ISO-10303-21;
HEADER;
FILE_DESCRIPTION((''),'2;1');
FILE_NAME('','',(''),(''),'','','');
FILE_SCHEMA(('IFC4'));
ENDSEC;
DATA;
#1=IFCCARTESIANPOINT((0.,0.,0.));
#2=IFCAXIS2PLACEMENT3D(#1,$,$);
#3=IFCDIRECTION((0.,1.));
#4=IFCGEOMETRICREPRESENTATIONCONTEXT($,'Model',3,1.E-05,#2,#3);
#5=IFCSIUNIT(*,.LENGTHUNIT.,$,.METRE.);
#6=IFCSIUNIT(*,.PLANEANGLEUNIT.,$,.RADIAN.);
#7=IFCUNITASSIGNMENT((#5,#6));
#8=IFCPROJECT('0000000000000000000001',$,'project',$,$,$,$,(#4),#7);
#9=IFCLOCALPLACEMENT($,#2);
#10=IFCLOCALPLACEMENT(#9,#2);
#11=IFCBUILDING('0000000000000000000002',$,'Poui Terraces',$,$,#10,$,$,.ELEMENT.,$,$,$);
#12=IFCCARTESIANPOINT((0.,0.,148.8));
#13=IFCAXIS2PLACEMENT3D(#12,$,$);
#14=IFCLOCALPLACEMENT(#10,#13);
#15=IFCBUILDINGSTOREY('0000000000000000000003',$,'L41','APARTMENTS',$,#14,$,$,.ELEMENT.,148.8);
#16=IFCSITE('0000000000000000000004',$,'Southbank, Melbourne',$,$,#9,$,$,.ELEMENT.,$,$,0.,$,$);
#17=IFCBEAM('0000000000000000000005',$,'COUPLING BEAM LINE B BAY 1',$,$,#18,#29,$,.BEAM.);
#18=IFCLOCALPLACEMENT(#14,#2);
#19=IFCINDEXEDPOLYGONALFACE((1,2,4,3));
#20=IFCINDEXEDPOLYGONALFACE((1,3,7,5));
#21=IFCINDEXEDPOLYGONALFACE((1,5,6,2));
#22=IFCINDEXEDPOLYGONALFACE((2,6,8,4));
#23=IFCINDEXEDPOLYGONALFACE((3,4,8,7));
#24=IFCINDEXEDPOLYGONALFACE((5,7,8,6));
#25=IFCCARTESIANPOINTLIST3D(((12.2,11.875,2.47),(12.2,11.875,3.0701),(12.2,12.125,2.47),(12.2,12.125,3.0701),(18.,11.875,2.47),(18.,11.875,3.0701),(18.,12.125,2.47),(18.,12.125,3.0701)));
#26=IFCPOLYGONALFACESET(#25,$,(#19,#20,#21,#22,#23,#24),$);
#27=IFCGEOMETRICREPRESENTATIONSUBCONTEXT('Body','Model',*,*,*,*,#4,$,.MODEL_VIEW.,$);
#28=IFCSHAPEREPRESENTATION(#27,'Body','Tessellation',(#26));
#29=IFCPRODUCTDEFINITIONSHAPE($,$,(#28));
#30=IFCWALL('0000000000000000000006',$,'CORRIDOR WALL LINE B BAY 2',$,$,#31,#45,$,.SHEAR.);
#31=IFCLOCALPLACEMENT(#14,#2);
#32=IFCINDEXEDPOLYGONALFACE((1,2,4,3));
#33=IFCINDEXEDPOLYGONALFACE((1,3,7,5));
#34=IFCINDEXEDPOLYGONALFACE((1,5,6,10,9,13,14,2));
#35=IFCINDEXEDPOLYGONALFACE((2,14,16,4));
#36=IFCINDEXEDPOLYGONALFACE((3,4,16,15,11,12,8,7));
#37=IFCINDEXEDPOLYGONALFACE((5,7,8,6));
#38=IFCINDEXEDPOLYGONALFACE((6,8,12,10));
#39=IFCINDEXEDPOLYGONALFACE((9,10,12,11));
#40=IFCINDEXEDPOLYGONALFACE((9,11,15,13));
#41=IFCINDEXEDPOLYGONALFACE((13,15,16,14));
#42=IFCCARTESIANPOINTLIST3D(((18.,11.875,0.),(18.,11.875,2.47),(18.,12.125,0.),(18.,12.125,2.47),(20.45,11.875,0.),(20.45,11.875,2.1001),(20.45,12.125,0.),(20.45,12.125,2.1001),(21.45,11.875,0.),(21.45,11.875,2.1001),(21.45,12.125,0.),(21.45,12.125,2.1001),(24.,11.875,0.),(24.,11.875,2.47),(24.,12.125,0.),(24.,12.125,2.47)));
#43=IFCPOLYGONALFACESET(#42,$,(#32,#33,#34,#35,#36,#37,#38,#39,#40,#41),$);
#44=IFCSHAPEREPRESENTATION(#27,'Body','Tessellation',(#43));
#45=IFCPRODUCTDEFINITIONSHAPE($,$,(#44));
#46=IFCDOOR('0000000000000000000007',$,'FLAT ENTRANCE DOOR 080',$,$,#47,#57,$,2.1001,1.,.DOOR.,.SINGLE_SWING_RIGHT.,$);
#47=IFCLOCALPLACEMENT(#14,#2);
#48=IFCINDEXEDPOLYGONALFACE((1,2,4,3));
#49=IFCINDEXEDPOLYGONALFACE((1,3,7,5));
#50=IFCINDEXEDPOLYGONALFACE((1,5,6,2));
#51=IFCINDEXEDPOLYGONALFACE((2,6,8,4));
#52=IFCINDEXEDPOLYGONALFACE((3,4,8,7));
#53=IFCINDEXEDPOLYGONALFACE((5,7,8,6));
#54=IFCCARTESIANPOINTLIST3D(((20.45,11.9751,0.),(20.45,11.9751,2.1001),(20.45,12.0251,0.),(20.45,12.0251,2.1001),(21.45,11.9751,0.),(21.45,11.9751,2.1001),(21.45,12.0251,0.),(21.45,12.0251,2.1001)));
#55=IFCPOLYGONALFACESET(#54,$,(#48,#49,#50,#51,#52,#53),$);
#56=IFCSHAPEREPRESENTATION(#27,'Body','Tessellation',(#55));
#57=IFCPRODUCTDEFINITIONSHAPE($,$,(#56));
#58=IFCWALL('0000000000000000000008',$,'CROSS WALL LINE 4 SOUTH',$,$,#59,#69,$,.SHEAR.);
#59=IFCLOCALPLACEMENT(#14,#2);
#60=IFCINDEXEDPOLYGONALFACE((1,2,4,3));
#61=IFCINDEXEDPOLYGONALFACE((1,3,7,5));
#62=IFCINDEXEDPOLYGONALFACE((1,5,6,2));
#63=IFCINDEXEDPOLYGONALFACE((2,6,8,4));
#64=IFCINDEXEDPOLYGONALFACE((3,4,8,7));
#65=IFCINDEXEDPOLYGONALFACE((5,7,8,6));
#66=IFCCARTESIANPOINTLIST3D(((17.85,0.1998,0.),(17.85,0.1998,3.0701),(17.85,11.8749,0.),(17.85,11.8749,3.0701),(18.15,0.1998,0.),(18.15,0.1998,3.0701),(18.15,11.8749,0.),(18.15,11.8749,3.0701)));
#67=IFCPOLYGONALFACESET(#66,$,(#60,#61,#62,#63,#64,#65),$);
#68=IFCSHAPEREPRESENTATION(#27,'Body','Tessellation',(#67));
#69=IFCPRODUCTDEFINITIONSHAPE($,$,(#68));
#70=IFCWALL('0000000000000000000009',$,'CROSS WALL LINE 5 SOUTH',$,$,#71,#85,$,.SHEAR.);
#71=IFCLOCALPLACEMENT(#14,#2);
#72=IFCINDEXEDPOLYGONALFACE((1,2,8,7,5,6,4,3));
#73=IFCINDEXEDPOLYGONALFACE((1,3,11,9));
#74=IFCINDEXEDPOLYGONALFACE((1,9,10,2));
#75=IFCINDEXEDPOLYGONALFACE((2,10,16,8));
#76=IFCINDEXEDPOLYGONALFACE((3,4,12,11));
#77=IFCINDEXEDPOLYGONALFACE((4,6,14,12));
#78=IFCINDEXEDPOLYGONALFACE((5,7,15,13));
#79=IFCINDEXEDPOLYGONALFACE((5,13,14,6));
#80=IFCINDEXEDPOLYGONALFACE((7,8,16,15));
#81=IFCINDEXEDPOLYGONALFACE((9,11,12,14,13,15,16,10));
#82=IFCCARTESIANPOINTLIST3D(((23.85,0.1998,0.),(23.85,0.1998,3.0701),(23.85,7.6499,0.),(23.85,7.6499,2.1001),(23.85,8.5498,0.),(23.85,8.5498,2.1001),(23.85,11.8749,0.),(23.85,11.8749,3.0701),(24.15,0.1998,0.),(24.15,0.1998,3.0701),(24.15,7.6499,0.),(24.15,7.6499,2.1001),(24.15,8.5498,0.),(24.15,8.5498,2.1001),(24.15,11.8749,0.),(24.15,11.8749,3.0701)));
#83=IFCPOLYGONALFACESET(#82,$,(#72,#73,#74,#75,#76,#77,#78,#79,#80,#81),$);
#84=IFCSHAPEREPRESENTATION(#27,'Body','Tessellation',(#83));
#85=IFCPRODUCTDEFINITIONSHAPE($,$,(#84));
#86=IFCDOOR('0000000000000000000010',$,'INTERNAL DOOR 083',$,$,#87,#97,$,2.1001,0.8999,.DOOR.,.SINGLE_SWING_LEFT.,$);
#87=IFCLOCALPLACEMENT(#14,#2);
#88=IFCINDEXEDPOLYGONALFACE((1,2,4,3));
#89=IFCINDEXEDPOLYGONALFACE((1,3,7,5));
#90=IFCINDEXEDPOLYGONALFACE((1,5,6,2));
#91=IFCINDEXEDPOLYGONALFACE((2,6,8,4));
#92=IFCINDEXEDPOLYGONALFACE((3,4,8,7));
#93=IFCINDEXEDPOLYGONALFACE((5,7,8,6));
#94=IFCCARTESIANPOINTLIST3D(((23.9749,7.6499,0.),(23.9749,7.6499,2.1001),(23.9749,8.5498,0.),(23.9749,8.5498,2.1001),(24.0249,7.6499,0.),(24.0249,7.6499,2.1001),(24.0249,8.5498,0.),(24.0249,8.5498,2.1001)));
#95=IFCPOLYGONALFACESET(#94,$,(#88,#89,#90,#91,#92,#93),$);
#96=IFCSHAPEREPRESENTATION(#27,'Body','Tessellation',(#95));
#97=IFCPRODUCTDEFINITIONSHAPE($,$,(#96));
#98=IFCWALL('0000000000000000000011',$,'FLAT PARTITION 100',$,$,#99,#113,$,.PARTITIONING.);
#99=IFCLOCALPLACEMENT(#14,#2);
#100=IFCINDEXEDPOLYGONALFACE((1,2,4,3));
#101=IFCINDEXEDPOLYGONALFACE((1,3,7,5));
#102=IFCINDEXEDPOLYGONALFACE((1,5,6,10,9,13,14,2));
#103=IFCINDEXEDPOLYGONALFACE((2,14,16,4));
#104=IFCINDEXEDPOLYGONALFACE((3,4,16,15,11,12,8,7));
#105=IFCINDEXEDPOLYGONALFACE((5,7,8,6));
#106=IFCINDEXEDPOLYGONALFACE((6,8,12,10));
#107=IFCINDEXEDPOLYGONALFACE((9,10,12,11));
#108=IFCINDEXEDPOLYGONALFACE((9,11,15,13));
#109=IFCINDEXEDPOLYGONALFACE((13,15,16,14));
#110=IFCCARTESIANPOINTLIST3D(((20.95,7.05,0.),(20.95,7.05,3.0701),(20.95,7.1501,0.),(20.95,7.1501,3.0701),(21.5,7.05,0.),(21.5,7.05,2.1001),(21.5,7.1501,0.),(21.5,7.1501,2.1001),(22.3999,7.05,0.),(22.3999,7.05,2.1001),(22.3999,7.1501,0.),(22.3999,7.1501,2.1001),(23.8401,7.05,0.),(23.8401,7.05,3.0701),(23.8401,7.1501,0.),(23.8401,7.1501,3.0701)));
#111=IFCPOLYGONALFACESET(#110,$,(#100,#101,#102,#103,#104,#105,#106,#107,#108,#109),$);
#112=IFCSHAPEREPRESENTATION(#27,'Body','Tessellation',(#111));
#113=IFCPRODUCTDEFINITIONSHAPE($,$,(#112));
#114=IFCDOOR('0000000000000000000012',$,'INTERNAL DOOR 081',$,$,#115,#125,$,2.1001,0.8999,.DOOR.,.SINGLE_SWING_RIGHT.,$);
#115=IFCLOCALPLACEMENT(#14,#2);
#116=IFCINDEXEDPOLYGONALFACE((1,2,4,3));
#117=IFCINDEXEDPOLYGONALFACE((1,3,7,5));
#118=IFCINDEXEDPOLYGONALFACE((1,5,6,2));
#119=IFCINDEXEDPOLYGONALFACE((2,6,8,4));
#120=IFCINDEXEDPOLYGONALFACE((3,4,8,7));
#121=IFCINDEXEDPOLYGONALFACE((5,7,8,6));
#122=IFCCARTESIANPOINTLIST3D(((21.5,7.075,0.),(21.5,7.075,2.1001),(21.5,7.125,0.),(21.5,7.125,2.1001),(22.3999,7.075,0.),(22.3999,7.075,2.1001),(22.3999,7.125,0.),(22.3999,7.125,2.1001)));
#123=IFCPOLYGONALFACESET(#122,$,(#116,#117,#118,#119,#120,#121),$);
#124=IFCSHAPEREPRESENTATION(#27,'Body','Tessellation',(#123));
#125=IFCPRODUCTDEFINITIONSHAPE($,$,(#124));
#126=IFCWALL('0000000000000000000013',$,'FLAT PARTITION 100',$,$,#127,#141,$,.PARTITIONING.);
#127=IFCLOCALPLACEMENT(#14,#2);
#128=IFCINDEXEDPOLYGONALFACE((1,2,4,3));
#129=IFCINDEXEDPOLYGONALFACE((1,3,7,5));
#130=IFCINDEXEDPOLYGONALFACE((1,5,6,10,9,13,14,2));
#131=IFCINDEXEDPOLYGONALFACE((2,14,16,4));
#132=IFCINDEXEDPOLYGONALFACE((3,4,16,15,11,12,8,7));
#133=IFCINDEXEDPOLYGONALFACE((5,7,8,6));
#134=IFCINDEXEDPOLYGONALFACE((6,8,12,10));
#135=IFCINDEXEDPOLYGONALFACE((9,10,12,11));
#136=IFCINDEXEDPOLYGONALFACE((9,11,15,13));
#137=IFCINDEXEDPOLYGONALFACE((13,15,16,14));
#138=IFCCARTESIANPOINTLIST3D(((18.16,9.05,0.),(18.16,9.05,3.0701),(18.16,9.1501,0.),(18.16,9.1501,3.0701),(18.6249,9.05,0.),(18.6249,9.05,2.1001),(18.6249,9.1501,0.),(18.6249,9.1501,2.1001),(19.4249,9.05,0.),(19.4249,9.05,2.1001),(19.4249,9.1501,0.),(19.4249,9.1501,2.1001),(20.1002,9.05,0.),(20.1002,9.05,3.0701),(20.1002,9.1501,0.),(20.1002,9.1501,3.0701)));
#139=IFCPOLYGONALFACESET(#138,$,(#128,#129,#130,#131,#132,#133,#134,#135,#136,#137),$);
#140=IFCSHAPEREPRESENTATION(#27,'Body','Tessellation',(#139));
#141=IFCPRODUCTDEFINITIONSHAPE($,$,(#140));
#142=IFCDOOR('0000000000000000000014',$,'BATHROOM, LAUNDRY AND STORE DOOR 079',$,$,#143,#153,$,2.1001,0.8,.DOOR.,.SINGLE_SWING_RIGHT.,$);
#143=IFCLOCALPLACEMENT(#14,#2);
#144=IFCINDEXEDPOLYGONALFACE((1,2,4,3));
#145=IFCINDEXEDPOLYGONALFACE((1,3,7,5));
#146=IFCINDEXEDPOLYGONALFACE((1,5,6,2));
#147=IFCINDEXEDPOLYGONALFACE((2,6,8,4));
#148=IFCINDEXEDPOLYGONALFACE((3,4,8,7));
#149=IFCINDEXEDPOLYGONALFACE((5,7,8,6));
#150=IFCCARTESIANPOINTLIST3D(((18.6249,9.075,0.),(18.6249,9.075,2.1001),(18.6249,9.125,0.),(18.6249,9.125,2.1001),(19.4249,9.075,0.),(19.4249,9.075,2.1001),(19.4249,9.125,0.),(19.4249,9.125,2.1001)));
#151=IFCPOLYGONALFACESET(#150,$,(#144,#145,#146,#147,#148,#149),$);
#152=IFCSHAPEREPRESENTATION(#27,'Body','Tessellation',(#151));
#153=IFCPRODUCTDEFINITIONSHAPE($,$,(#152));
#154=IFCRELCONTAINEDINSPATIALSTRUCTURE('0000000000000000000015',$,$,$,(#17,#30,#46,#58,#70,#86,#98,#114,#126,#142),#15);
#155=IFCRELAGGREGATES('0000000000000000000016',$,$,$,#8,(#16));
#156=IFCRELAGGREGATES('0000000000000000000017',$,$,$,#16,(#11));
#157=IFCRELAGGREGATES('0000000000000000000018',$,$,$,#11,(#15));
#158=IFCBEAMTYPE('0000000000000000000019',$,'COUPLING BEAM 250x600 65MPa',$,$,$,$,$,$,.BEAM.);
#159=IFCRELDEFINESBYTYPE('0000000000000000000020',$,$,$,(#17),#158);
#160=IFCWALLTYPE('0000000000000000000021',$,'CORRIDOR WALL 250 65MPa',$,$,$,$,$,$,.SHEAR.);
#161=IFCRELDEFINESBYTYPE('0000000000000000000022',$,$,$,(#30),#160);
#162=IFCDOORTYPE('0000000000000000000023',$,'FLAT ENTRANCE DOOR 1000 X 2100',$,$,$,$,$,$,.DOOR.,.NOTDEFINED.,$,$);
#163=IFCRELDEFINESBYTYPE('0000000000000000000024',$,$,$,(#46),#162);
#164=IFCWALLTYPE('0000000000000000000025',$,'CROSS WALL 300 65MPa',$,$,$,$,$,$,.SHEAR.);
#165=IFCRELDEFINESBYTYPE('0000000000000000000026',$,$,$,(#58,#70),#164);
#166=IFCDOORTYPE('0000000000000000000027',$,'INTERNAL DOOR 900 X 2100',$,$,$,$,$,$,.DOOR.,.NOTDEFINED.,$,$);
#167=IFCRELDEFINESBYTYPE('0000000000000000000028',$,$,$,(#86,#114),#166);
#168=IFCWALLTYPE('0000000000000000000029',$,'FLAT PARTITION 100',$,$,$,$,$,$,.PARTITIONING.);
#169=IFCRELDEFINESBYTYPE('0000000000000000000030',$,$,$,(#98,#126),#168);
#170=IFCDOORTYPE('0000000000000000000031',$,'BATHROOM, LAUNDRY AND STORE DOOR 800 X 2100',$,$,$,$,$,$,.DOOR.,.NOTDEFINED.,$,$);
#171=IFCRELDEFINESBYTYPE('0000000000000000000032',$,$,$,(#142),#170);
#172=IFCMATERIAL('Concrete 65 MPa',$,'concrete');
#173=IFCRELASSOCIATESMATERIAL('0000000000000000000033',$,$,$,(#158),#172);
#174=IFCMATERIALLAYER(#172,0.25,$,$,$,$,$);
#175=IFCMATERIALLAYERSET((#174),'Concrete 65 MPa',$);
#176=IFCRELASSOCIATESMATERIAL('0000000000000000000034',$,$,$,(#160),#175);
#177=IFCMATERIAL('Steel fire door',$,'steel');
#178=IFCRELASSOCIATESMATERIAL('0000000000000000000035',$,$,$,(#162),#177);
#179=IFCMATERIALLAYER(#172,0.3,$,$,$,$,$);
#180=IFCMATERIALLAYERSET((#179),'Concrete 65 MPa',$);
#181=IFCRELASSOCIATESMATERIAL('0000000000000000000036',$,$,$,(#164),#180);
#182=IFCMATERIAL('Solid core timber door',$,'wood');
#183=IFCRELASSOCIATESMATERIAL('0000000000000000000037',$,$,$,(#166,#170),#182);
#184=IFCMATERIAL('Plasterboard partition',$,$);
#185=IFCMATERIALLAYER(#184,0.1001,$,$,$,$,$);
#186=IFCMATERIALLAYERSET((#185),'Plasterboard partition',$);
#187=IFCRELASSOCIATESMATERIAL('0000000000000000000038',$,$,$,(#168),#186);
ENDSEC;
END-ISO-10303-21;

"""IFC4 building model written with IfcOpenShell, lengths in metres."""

from ifc_helpers import new_model, si_unit, direction, frame, frame_2d, origin, origin_2d, place, context, subcontext, project, spatial, rectangle, extrude, source, transform, mapped, material, layer, layer_set, material_profile, profile_set, type_object, element, fill, save


model = new_model("IFC4")

# Units and contexts
model_context = context("Model", 3, precision=1e-05, world=origin(), true_north=direction((0.0, 1.0)))
body_context = subcontext(model_context, "Body", "Model", "MODEL_VIEW")
ifc_project = project(units=[si_unit("LENGTHUNIT", "METRE"), si_unit("PLANEANGLEUNIT", "RADIAN")], contexts=[model_context])

# Site, building, storey
site_placement = place(None, origin())
site = spatial("IfcSite", under=ifc_project, at=site_placement, Name="Southbank, Melbourne", CompositionType="ELEMENT", RefElevation=0.0)
building_placement = place(site_placement, origin())
building = spatial("IfcBuilding", under=site, at=building_placement, Name="Poui Terraces", CompositionType="ELEMENT")
storey_placement = place(building_placement, frame((0.0, 0.0, 148.8)))
storey = spatial("IfcBuildingStorey", under=building, at=storey_placement, Name="L41", Description="APARTMENTS", CompositionType="ELEMENT", Elevation=148.8)

# Beam
ifc_material_1 = material(Name="Concrete 65 MPa", Category="concrete")
ifc_material_profile = material_profile(ifc_material_1, rectangle(XDim=0.25, YDim=0.6001, at=origin_2d()), Name="RC 250x600")
ifc_profile_set = profile_set([ifc_material_profile], Name="Concrete 65 MPa")
beam_type = type_object("IfcBeamType", Name="COUPLING BEAM 250x600 65MPa", PredefinedType="BEAM", material=ifc_profile_set)
shared_shape = source(origin(), body_context, "Body", "SweptSolid", [
    extrude(rectangle(XDim=0.25, YDim=0.6001, at=origin_2d()), origin(), (0.0, 0.0, 1.0), 5.8),
])
beam_placement = place(storey_placement, frame((12.2, 12.0, 2.77), z_axis=(1.0, 0.0, 0.0), x_axis=(0.0, 1.0, 0.0)))
element("IfcBeam", 1, at=beam_placement, inside=storey, type_object=beam_type, Name="COUPLING BEAM LINE B BAY 1", PredefinedType="BEAM", context=body_context, shape_type="MappedRepresentation", body=[
    mapped(shared_shape, transform((0.0, 0.0, 0.0))),
])

# Wall, opening, door
ifc_layer_1 = layer(ifc_material_1, 0.25)
ifc_layer_set_1 = layer_set([ifc_layer_1], Name="Concrete 65 MPa")
wall_type_1 = type_object("IfcWallType", Name="CORRIDOR WALL 250 65MPa", PredefinedType="SHEAR", material=ifc_layer_set_1)
wall_1_placement = place(storey_placement, frame((18.0, 12.0, 0.0), z_axis=(0.0, 0.0, 1.0), x_axis=(1.0, 0.0, 0.0)))
wall_1 = element("IfcWall", 2, at=wall_1_placement, inside=storey, type_object=wall_type_1, Name="CORRIDOR WALL LINE B BAY 2", PredefinedType="SHEAR", context=body_context, shape_type="SweptSolid", body=[
    extrude(rectangle(XDim=6.0, YDim=0.25, at=frame_2d((3.0, 0.0))), origin(), (0.0, 0.0, 1.0), 2.47),
])
opening_1_placement = place(wall_1_placement, frame((2.45, 0.0, 0.0)))
opening_1 = element("IfcOpeningElement", 3, at=opening_1_placement, cuts=wall_1, PredefinedType="OPENING", context=body_context, shape_type="SweptSolid", body=[
    extrude(rectangle(XDim=1.0, YDim=2.1001, at=frame_2d((0.5, 1.05))), frame((0.0, 0.135, 0.0), z_axis=(0.0, -1.0, 0.0), x_axis=(1.0, 0.0, 0.0)), (0.0, 0.0, 1.0), 0.27),
])
ifc_material_2 = material(Name="Steel fire door", Category="steel")
door_type_1 = type_object("IfcDoorType", Name="FLAT ENTRANCE DOOR 1000 X 2100", OperationType="NOTDEFINED", PredefinedType="DOOR", material=ifc_material_2)
door_1_placement = place(opening_1_placement, frame((1.0, 0.0, 0.0), z_axis=(0.0, 0.0, 1.0), x_axis=(-1.0, 0.0, 0.0)))
door_1 = element("IfcDoor", 4, at=door_1_placement, inside=storey, type_object=door_type_1, Name="FLAT ENTRANCE DOOR 080", OperationType="SINGLE_SWING_RIGHT", OverallHeight=2.1001, OverallWidth=1.0, PredefinedType="DOOR", context=body_context, shape_type="SweptSolid", body=[
    extrude(rectangle(XDim=1.0, YDim=2.1001, at=frame_2d((0.5, 1.05))), frame((0.0, 0.0249, 0.0), z_axis=(0.0, -1.0, 0.0), x_axis=(1.0, 0.0, 0.0)), (0.0, 0.0, 1.0), 0.05),
])
fill(opening_1, door_1)

# Wall
ifc_layer_2 = layer(ifc_material_1, 0.3)
ifc_layer_set_2 = layer_set([ifc_layer_2], Name="Concrete 65 MPa")
wall_type_2 = type_object("IfcWallType", Name="CROSS WALL 300 65MPa", PredefinedType="SHEAR", material=ifc_layer_set_2)
wall_2_placement = place(storey_placement, frame((18.0, 0.2, 0.0), z_axis=(0.0, 0.0, 1.0), x_axis=(0.0, 1.0, 0.0)))
element("IfcWall", 5, at=wall_2_placement, inside=storey, type_object=wall_type_2, Name="CROSS WALL LINE 4 SOUTH", PredefinedType="SHEAR", context=body_context, shape_type="SweptSolid", body=[
    extrude(rectangle(XDim=11.675, YDim=0.3, at=frame_2d((5.8374, 0.0))), origin(), (0.0, 0.0, 1.0), 3.0701),
])

# Walls, openings, doors
wall_3_placement = place(storey_placement, frame((24.0, 0.2, 0.0), z_axis=(0.0, 0.0, 1.0), x_axis=(0.0, 1.0, 0.0)))
wall_3 = element("IfcWall", 6, at=wall_3_placement, inside=storey, type_object=wall_type_2, Name="CROSS WALL LINE 5 SOUTH", PredefinedType="SHEAR", context=body_context, shape_type="SweptSolid", body=[
    extrude(rectangle(XDim=11.675, YDim=0.3, at=frame_2d((5.8374, 0.0))), origin(), (0.0, 0.0, 1.0), 3.0701),
])
opening_2_placement = place(wall_3_placement, frame((7.45, 0.0, 0.0)))
opening_2 = element("IfcOpeningElement", 7, at=opening_2_placement, cuts=wall_3, PredefinedType="OPENING", context=body_context, shape_type="SweptSolid", body=[
    extrude(rectangle(XDim=0.8999, YDim=2.1001, at=frame_2d((0.45, 1.05))), frame((0.0, 0.1602, 0.0), z_axis=(0.0, -1.0, 0.0), x_axis=(1.0, 0.0, 0.0)), (0.0, 0.0, 1.0), 0.3201),
])
ifc_material_3 = material(Name="Solid core timber door", Category="wood")
door_type_2 = type_object("IfcDoorType", Name="INTERNAL DOOR 900 X 2100", OperationType="NOTDEFINED", PredefinedType="DOOR", material=ifc_material_3)
door_2_placement = place(opening_2_placement, frame((0.8999, 0.0, 0.0), z_axis=(0.0, 0.0, 1.0), x_axis=(-1.0, 0.0, 0.0)))
door_2 = element("IfcDoor", 8, at=door_2_placement, inside=storey, type_object=door_type_2, Name="INTERNAL DOOR 083", OperationType="SINGLE_SWING_LEFT", OverallHeight=2.1001, OverallWidth=0.8999, PredefinedType="DOOR", context=body_context, shape_type="SweptSolid", body=[
    extrude(rectangle(XDim=0.8999, YDim=2.1001, at=frame_2d((0.45, 1.05))), frame((0.0, 0.0249, 0.0), z_axis=(0.0, -1.0, 0.0), x_axis=(1.0, 0.0, 0.0)), (0.0, 0.0, 1.0), 0.05),
])
fill(opening_2, door_2)
ifc_material_4 = material(Name="Plasterboard partition")
ifc_layer_3 = layer(ifc_material_4, 0.1001)
ifc_layer_set_3 = layer_set([ifc_layer_3], Name="Plasterboard partition")
wall_type_3 = type_object("IfcWallType", Name="FLAT PARTITION 100", PredefinedType="PARTITIONING", material=ifc_layer_set_3)
wall_4_placement = place(storey_placement, frame((20.95, 7.1001, 0.0), z_axis=(0.0, 0.0, 1.0), x_axis=(1.0, 0.0, 0.0)))
wall_4 = element("IfcWall", 9, at=wall_4_placement, inside=storey, type_object=wall_type_3, Name="FLAT PARTITION 100", PredefinedType="PARTITIONING", context=body_context, shape_type="SweptSolid", body=[
    extrude(rectangle(XDim=2.8901, YDim=0.1001, at=frame_2d((1.4451, 0.0))), origin(), (0.0, 0.0, 1.0), 3.0701),
])
opening_3_placement = place(wall_4_placement, frame((0.55, 0.0, 0.0)))
opening_3 = element("IfcOpeningElement", 10, at=opening_3_placement, cuts=wall_4, PredefinedType="OPENING", context=body_context, shape_type="SweptSolid", body=[
    extrude(rectangle(XDim=0.8999, YDim=2.1001, at=frame_2d((0.45, 1.05))), frame((0.0, 0.0601, 0.0), z_axis=(0.0, -1.0, 0.0), x_axis=(1.0, 0.0, 0.0)), (0.0, 0.0, 1.0), 0.1201),
])
door_3_placement = place(opening_3_placement, origin())
door_3 = element("IfcDoor", 11, at=door_3_placement, inside=storey, type_object=door_type_2, Name="INTERNAL DOOR 081", OperationType="SINGLE_SWING_RIGHT", OverallHeight=2.1001, OverallWidth=0.8999, PredefinedType="DOOR", context=body_context, shape_type="SweptSolid", body=[
    extrude(rectangle(XDim=0.8999, YDim=2.1001, at=frame_2d((0.45, 1.05))), frame((0.0, 0.0249, 0.0), z_axis=(0.0, -1.0, 0.0), x_axis=(1.0, 0.0, 0.0)), (0.0, 0.0, 1.0), 0.05),
])
fill(opening_3, door_3)
wall_5_placement = place(storey_placement, frame((18.1599, 9.1001, 0.0), z_axis=(0.0, 0.0, 1.0), x_axis=(1.0, 0.0, 0.0)))
wall_5 = element("IfcWall", 12, at=wall_5_placement, inside=storey, type_object=wall_type_3, Name="FLAT PARTITION 100", PredefinedType="PARTITIONING", context=body_context, shape_type="SweptSolid", body=[
    extrude(rectangle(XDim=1.9402, YDim=0.1001, at=frame_2d((0.9702, 0.0))), origin(), (0.0, 0.0, 1.0), 3.0701),
])
opening_4_placement = place(wall_5_placement, frame((0.4651, 0.0, 0.0)))
opening_4 = element("IfcOpeningElement", 13, at=opening_4_placement, cuts=wall_5, PredefinedType="OPENING", context=body_context, shape_type="SweptSolid", body=[
    extrude(rectangle(XDim=0.8, YDim=2.1001, at=frame_2d((0.3999, 1.05))), frame((0.0, 0.0601, 0.0), z_axis=(0.0, -1.0, 0.0), x_axis=(1.0, 0.0, 0.0)), (0.0, 0.0, 1.0), 0.1201),
])
door_type_3 = type_object("IfcDoorType", Name="BATHROOM, LAUNDRY AND STORE DOOR 800 X 2100", OperationType="NOTDEFINED", PredefinedType="DOOR", material=ifc_material_3)
door_4_placement = place(opening_4_placement, origin())
door_4 = element("IfcDoor", 14, at=door_4_placement, inside=storey, type_object=door_type_3, Name="BATHROOM, LAUNDRY AND STORE DOOR 079", OperationType="SINGLE_SWING_RIGHT", OverallHeight=2.1001, OverallWidth=0.8, PredefinedType="DOOR", context=body_context, shape_type="SweptSolid", body=[
    extrude(rectangle(XDim=0.8, YDim=2.1001, at=frame_2d((0.3999, 1.05))), frame((0.0, 0.0249, 0.0), z_axis=(0.0, -1.0, 0.0), x_axis=(1.0, 0.0, 0.0)), (0.0, 0.0, 1.0), 0.05),
])
fill(opening_4, door_4)

save(model, "model.ifc")
